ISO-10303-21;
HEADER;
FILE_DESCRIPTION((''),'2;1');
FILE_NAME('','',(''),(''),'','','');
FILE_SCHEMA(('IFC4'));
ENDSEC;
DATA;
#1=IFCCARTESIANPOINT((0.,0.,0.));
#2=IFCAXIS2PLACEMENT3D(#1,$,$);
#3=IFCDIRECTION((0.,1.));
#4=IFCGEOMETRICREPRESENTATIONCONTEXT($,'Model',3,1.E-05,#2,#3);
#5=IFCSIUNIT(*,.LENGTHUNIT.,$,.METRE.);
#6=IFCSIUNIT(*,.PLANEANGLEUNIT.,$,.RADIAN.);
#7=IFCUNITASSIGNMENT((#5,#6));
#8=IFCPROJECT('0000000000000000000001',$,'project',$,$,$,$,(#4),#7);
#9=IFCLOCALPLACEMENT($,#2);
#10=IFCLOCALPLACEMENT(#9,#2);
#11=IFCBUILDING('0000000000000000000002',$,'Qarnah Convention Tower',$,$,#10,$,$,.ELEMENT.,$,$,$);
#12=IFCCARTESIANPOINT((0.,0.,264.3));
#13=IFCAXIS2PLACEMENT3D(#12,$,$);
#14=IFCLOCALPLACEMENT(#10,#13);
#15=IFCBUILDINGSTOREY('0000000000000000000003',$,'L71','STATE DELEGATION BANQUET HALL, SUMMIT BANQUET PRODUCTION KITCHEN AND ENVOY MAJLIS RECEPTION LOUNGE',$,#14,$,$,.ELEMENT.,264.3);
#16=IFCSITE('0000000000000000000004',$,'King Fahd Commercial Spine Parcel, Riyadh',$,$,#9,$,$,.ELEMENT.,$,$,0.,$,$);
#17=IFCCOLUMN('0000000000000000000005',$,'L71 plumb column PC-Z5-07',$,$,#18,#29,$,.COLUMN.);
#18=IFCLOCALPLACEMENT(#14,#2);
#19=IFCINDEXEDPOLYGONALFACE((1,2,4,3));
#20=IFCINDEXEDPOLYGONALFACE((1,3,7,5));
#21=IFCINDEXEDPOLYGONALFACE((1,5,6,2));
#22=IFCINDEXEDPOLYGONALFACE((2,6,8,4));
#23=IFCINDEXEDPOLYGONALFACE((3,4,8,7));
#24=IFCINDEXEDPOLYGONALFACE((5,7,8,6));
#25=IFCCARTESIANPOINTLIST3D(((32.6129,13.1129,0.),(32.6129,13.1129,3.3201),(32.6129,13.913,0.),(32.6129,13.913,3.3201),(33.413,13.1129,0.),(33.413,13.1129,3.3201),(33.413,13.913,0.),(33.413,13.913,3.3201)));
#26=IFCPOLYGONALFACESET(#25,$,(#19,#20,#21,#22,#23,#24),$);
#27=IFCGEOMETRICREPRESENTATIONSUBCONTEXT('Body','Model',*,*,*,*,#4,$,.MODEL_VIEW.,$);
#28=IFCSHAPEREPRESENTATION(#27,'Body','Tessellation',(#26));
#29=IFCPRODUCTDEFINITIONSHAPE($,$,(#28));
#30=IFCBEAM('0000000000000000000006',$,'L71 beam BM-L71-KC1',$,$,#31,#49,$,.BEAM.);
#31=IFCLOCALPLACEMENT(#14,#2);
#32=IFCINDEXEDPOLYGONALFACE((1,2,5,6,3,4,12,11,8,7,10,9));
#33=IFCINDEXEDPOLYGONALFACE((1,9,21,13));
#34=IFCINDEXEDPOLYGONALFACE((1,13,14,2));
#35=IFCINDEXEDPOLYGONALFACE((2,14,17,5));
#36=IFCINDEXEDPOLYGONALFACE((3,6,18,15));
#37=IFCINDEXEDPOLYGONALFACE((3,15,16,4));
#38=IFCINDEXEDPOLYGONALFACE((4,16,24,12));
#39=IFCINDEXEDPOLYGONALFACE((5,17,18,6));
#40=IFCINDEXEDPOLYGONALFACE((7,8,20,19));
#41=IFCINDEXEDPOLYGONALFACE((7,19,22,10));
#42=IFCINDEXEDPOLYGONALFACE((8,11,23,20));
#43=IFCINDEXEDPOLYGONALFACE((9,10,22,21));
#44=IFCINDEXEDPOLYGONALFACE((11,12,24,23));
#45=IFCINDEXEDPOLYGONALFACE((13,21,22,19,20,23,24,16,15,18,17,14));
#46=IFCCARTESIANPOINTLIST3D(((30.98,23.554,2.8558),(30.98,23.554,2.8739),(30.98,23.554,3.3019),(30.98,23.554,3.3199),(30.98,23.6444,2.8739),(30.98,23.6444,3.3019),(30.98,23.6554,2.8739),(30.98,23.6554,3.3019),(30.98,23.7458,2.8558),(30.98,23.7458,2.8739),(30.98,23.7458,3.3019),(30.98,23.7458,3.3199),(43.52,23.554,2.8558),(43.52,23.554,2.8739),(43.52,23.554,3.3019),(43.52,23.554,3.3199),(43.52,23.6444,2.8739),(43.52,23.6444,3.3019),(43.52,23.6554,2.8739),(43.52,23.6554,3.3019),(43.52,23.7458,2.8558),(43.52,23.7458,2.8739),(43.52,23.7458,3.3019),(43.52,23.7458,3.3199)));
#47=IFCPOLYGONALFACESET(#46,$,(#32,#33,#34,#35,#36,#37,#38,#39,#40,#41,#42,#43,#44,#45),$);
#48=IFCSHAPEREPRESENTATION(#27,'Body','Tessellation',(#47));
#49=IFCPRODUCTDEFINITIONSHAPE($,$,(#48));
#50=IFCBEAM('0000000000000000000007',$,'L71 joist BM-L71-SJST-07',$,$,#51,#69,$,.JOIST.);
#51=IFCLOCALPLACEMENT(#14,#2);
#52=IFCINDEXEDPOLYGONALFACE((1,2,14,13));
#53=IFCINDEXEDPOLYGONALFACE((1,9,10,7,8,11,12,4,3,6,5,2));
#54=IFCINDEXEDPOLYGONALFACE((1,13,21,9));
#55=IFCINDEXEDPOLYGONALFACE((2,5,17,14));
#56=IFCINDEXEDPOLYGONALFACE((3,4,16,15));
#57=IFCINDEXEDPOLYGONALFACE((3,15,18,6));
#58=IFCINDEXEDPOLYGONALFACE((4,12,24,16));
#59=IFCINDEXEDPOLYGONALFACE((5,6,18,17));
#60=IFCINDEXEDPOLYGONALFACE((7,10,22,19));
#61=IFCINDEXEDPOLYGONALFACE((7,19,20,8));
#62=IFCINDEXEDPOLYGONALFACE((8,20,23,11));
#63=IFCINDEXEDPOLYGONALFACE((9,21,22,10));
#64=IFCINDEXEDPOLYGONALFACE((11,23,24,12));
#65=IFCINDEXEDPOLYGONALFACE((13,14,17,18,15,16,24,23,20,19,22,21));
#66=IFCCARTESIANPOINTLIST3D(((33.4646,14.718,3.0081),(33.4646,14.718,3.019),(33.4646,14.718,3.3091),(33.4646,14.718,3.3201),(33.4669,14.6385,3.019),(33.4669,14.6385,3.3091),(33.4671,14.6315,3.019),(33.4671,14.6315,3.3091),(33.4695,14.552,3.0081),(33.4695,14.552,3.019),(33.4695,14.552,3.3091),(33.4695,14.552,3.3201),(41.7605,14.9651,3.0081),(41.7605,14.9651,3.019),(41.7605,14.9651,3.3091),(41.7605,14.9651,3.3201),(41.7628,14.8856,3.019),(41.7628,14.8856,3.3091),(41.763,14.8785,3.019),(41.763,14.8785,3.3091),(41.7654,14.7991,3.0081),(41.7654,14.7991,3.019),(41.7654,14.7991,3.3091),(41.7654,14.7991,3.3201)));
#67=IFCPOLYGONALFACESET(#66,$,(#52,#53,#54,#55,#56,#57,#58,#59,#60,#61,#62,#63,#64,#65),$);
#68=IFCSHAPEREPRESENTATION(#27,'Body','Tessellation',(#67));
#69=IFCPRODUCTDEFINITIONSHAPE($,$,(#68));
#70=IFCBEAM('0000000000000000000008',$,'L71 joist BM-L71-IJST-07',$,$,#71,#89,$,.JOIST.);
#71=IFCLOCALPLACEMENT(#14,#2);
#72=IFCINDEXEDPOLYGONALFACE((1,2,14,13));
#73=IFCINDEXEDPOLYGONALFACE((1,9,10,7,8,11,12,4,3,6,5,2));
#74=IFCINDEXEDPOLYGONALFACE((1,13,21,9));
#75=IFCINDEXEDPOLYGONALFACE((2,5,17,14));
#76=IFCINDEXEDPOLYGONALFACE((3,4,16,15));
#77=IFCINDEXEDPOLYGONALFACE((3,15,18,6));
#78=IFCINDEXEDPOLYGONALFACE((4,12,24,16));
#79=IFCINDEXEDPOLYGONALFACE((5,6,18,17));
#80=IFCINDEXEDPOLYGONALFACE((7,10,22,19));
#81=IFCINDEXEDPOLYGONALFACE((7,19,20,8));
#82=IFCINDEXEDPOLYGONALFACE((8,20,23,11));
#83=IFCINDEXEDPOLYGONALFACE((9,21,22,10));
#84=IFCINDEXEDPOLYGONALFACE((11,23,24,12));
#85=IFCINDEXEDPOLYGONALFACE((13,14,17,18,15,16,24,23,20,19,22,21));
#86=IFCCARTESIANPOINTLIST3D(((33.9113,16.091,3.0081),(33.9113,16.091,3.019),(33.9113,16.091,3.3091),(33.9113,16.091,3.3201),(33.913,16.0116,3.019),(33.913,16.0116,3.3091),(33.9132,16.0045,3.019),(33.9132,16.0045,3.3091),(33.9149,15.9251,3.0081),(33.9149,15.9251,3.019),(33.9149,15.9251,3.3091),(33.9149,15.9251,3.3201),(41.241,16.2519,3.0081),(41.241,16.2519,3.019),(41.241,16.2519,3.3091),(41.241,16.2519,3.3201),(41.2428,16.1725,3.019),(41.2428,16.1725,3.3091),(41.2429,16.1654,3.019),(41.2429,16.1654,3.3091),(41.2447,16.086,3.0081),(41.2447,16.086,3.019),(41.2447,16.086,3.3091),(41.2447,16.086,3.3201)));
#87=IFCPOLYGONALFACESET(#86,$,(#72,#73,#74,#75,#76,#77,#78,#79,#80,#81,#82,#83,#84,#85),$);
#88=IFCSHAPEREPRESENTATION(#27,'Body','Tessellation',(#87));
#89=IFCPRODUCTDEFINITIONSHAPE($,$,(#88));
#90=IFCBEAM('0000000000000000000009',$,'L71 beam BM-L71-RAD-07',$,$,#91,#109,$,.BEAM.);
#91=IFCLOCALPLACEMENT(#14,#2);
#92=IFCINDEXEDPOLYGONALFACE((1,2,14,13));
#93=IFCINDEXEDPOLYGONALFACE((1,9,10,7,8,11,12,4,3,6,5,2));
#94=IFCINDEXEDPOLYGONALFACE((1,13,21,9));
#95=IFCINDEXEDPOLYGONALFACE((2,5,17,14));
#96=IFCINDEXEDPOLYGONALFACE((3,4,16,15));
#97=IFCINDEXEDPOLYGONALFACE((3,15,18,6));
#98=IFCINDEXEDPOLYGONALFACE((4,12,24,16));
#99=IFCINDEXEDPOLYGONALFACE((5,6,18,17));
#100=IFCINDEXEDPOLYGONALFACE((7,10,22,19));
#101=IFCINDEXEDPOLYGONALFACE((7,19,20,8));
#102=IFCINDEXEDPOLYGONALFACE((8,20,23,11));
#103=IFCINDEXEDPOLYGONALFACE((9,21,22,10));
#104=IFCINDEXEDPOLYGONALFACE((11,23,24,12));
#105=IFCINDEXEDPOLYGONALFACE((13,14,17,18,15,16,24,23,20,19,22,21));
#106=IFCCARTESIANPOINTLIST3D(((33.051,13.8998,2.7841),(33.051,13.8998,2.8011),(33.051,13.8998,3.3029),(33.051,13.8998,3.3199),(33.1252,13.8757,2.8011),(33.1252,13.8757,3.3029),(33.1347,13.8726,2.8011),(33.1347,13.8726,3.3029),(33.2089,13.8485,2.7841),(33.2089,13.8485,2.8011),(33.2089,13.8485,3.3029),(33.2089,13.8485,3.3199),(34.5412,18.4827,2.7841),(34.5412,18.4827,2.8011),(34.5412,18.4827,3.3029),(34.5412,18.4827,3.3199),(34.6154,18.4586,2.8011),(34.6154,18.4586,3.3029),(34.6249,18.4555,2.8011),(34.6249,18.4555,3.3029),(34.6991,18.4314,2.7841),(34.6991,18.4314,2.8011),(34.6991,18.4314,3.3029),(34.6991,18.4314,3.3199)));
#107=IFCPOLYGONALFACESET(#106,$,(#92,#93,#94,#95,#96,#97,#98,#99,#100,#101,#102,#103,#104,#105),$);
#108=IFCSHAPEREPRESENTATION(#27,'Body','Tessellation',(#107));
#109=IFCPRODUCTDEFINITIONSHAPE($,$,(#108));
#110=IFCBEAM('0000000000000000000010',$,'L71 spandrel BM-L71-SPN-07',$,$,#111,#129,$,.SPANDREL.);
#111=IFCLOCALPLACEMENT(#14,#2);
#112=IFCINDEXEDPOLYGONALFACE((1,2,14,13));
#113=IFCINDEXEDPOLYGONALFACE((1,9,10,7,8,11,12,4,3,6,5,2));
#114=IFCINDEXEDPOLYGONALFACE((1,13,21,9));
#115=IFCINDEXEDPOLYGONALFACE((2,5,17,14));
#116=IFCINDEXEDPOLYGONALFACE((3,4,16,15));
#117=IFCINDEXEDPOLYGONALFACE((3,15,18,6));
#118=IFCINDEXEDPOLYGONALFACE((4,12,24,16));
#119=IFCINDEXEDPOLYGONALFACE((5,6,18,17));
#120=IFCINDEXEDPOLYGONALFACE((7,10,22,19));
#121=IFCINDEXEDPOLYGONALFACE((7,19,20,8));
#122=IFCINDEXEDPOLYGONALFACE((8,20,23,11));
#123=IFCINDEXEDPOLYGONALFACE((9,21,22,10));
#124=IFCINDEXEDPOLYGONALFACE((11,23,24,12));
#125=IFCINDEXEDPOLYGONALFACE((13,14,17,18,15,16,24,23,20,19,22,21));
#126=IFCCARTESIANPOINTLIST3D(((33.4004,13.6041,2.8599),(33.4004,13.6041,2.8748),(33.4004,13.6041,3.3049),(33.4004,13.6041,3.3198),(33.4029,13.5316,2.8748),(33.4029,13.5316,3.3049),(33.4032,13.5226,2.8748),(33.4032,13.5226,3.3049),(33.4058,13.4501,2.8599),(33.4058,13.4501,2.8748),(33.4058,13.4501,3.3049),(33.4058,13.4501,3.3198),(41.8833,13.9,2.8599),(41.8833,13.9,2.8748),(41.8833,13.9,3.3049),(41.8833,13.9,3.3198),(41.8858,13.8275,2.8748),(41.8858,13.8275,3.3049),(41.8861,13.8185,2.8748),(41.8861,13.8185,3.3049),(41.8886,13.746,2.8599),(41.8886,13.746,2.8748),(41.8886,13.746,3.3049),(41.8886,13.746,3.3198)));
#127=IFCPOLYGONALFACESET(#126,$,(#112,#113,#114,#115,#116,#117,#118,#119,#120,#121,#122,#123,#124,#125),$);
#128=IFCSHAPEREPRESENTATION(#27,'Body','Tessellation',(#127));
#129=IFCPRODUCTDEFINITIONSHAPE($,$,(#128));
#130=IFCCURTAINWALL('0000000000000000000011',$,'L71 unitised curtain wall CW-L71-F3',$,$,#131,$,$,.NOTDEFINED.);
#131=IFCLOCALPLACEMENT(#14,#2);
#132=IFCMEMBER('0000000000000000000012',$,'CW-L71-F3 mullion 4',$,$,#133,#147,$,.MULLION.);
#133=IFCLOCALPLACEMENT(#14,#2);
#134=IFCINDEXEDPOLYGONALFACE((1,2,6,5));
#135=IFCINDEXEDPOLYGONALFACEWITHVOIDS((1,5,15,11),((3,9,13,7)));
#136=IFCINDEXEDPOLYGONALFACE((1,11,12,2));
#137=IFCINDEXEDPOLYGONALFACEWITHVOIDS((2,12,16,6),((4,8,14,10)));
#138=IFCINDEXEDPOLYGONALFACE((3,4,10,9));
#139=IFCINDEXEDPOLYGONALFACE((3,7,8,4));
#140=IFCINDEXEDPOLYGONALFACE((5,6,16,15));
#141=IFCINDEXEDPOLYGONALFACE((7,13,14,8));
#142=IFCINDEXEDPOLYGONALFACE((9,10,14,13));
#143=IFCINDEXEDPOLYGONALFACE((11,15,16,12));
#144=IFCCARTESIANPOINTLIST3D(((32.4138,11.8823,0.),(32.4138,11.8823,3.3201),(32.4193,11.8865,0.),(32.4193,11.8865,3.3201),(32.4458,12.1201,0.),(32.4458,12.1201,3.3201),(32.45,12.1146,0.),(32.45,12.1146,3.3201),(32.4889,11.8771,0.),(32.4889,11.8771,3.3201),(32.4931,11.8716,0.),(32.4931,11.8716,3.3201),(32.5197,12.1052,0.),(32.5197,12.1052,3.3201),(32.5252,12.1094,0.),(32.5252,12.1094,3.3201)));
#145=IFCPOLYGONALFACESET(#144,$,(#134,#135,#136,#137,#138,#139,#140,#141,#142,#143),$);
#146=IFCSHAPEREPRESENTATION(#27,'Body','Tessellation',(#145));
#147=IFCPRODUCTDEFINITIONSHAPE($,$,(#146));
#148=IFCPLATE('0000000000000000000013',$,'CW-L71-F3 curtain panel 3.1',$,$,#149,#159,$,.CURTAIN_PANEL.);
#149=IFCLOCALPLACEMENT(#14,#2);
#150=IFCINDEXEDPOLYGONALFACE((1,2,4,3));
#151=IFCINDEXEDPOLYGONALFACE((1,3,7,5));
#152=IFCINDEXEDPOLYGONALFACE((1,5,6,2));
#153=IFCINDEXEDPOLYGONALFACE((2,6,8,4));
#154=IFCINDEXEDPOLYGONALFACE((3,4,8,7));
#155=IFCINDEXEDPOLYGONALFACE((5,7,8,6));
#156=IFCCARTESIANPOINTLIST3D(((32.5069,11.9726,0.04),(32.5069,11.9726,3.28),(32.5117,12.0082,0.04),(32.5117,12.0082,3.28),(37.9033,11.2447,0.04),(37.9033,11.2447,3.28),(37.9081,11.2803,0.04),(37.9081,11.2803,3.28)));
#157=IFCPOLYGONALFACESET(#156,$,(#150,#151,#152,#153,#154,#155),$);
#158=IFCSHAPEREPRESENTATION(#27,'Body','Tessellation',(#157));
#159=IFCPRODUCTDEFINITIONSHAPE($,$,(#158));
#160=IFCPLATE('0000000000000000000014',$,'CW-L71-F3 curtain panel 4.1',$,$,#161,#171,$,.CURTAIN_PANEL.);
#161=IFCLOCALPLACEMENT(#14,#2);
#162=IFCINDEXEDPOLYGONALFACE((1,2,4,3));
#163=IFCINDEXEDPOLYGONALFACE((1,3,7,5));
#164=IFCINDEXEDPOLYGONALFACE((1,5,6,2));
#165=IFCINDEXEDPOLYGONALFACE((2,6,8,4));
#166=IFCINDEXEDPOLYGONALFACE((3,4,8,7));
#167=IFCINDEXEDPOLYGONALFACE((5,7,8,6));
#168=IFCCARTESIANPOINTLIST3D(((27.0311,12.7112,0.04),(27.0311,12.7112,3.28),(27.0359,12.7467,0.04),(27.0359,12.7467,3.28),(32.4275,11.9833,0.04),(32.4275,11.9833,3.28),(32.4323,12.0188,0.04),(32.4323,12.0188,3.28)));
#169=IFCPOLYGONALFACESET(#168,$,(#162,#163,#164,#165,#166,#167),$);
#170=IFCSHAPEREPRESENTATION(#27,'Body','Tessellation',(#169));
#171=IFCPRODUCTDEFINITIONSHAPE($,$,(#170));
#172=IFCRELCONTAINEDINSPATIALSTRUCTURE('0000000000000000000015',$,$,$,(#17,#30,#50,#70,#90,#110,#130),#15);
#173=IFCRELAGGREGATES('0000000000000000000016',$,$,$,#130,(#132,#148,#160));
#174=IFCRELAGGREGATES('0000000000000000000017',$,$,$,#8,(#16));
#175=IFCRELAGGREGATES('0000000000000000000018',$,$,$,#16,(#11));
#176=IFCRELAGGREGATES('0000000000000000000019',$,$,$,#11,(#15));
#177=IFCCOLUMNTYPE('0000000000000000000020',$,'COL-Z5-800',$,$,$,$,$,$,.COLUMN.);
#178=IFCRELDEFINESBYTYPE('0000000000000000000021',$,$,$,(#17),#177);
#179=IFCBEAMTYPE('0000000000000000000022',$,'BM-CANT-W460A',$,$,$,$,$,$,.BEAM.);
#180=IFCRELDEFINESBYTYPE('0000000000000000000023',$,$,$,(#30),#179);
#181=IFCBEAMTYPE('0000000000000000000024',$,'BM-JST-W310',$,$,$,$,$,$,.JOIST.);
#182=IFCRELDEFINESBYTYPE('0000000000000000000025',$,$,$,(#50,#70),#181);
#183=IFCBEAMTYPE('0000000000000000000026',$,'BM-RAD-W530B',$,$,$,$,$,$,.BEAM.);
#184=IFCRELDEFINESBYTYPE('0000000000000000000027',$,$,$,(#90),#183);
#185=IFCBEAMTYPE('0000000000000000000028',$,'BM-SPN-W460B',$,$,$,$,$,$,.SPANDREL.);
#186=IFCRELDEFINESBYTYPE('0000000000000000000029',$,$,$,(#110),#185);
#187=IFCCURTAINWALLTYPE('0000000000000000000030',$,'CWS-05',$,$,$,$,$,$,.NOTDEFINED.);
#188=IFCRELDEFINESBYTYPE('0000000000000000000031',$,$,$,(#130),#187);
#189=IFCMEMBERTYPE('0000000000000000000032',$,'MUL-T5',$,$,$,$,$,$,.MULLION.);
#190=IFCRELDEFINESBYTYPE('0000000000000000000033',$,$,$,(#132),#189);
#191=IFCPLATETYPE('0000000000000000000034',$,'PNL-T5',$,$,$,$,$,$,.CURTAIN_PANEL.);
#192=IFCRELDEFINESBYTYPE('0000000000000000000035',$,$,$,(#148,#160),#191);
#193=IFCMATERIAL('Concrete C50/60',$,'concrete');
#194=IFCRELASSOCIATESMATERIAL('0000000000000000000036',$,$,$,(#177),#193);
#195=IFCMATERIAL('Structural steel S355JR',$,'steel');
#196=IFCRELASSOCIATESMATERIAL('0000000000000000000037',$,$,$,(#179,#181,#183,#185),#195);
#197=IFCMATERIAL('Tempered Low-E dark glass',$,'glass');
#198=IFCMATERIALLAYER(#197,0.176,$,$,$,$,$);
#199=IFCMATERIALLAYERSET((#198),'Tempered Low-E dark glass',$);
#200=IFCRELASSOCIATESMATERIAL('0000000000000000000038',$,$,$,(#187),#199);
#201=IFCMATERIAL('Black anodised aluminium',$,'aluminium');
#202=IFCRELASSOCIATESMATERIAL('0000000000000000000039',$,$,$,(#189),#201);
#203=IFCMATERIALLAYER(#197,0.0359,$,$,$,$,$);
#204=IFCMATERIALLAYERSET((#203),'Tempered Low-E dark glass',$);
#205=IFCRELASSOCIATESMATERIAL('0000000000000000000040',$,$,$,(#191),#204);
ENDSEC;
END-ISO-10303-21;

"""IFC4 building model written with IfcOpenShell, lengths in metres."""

from ifc_helpers import new_model, si_unit, direction, frame, origin, origin_2d, place, context, subcontext, project, spatial, rectangle, hollow_rectangle, i_section, extrude, material, layer, layer_set, material_profile, profile_set, type_object, element, aggregate, save


model = new_model("IFC4")

# Units and contexts
model_context = context("Model", 3, precision=1e-05, world=origin(), true_north=direction((0.0, 1.0)))
body_context = subcontext(model_context, "Body", "Model", "MODEL_VIEW")
ifc_project = project(units=[si_unit("LENGTHUNIT", "METRE"), si_unit("PLANEANGLEUNIT", "RADIAN")], contexts=[model_context])

# Site, building, storey
site_placement = place(None, origin())
site = spatial("IfcSite", under=ifc_project, at=site_placement, Name="King Fahd Commercial Spine Parcel, Riyadh", CompositionType="ELEMENT", RefElevation=0.0)
building_placement = place(site_placement, origin())
building = spatial("IfcBuilding", under=site, at=building_placement, Name="Qarnah Convention Tower", CompositionType="ELEMENT")
storey_placement = place(building_placement, frame((0.0, 0.0, 264.3)))
storey = spatial("IfcBuildingStorey", under=building, at=storey_placement, Name="L71", Description="STATE DELEGATION BANQUET HALL, SUMMIT BANQUET PRODUCTION KITCHEN AND ENVOY MAJLIS RECEPTION LOUNGE", CompositionType="ELEMENT", Elevation=264.3)

# Column
ifc_material_1 = material(Name="Concrete C50/60", Category="concrete")
ifc_material_profile_1 = material_profile(ifc_material_1, rectangle(XDim=0.8, YDim=0.8, at=origin_2d()), Name="RC-COL-800X800")
ifc_profile_set_1 = profile_set([ifc_material_profile_1], Name="Concrete C50/60")
column_type = type_object("IfcColumnType", Name="COL-Z5-800", PredefinedType="COLUMN", material=ifc_profile_set_1)
column_placement = place(storey_placement, frame((33.0129, 13.5129, 0.0), z_axis=(0.0, 0.0, 1.0), x_axis=(1.0, 0.0, 0.0)))
element("IfcColumn", 1, at=column_placement, inside=storey, type_object=column_type, Name="L71 plumb column PC-Z5-07", PredefinedType="COLUMN", context=body_context, shape_type="SweptSolid", body=[
    extrude(rectangle(XDim=0.8, YDim=0.8, at=origin_2d()), origin(), (0.0, 0.0, 1.0), 3.3201),
])

# Beams
ifc_material_2 = material(Name="Structural steel S355JR", Category="steel")
ifc_material_profile_2 = material_profile(ifc_material_2, i_section(OverallWidth=0.1919, OverallDepth=0.4641, WebThickness=0.011, FlangeThickness=0.0181, at=origin_2d()), Name="W460X89")
ifc_profile_set_2 = profile_set([ifc_material_profile_2], Name="Structural steel S355JR")
beam_type_1 = type_object("IfcBeamType", Name="BM-CANT-W460A", PredefinedType="BEAM", material=ifc_profile_set_2)
beam_1_placement = place(storey_placement, frame((30.98, 23.6499, 3.0879), z_axis=(1.0, 0.0, 0.0), x_axis=(0.0, 1.0, 0.0)))
element("IfcBeam", 2, at=beam_1_placement, inside=storey, type_object=beam_type_1, Name="L71 beam BM-L71-KC1", PredefinedType="BEAM", context=body_context, shape_type="SweptSolid", body=[
    extrude(i_section(OverallWidth=0.1919, OverallDepth=0.4641, WebThickness=0.011, FlangeThickness=0.0181, at=origin_2d()), origin(), (0.0, 0.0, 1.0), 12.54),
])
ifc_material_profile_3 = material_profile(ifc_material_2, i_section(OverallWidth=0.166, OverallDepth=0.312, WebThickness=0.0071, FlangeThickness=0.011, at=origin_2d()), Name="W310X45")
ifc_profile_set_3 = profile_set([ifc_material_profile_3], Name="Structural steel S355JR")
beam_type_2 = type_object("IfcBeamType", Name="BM-JST-W310", PredefinedType="JOIST", material=ifc_profile_set_3)
beam_2_placement = place(storey_placement, frame((33.467, 14.635, 3.1641), z_axis=(0.999557, 0.029769, 0.0), x_axis=(-0.029769, 0.999557, 0.0)))
element("IfcBeam", 3, at=beam_2_placement, inside=storey, type_object=beam_type_2, Name="L71 joist BM-L71-SJST-07", PredefinedType="JOIST", context=body_context, shape_type="SweptSolid", body=[
    extrude(i_section(OverallWidth=0.166, OverallDepth=0.312, WebThickness=0.0071, FlangeThickness=0.011, at=origin_2d()), origin(), (0.0, 0.0, 1.0), 8.2996),
])
beam_3_placement = place(storey_placement, frame((33.9131, 16.0081, 3.1641), z_axis=(0.999759, 0.021945, 0.0), x_axis=(-0.021945, 0.999759, 0.0)))
element("IfcBeam", 4, at=beam_3_placement, inside=storey, type_object=beam_type_2, Name="L71 joist BM-L71-IJST-07", PredefinedType="JOIST", context=body_context, shape_type="SweptSolid", body=[
    extrude(i_section(OverallWidth=0.166, OverallDepth=0.312, WebThickness=0.0071, FlangeThickness=0.011, at=origin_2d()), origin(), (0.0, 0.0, 1.0), 7.3315),
])
ifc_material_profile_4 = material_profile(ifc_material_2, i_section(OverallWidth=0.166, OverallDepth=0.5359, WebThickness=0.01, FlangeThickness=0.0171, at=origin_2d()), Name="W530X85")
ifc_profile_set_4 = profile_set([ifc_material_profile_4], Name="Structural steel S355JR")
beam_type_3 = type_object("IfcBeamType", Name="BM-RAD-W530B", PredefinedType="BEAM", material=ifc_profile_set_4)
beam_4_placement = place(storey_placement, frame((34.6201, 18.457, 3.052), z_axis=(-0.309228, -0.950988, 0.0), x_axis=(0.950988, -0.309228, 0.0)))
element("IfcBeam", 5, at=beam_4_placement, inside=storey, type_object=beam_type_3, Name="L71 beam BM-L71-RAD-07", PredefinedType="BEAM", context=body_context, shape_type="SweptSolid", body=[
    extrude(i_section(OverallWidth=0.166, OverallDepth=0.5359, WebThickness=0.01, FlangeThickness=0.0171, at=origin_2d()), origin(), (0.0, 0.0, 1.0), 4.8191),
])
ifc_material_profile_5 = material_profile(ifc_material_2, i_section(OverallWidth=0.1541, OverallDepth=0.46, WebThickness=0.009, FlangeThickness=0.0149, at=origin_2d()), Name="W460X68")
ifc_profile_set_5 = profile_set([ifc_material_profile_5], Name="Structural steel S355JR")
beam_type_4 = type_object("IfcBeamType", Name="BM-SPN-W460B", PredefinedType="SPANDREL", material=ifc_profile_set_5)
beam_5_placement = place(storey_placement, frame((33.4031, 13.5271, 3.0898), z_axis=(0.999392, 0.034861, 0.0), x_axis=(-0.034861, 0.999392, 0.0)))
element("IfcBeam", 6, at=beam_5_placement, inside=storey, type_object=beam_type_4, Name="L71 spandrel BM-L71-SPN-07", PredefinedType="SPANDREL", context=body_context, shape_type="SweptSolid", body=[
    extrude(i_section(OverallWidth=0.1541, OverallDepth=0.46, WebThickness=0.009, FlangeThickness=0.0149, at=origin_2d()), origin(), (0.0, 0.0, 1.0), 8.488),
])

# Curtain wall, member, plates
ifc_material_3 = material(Name="Tempered Low-E dark glass", Category="glass")
ifc_layer_1 = layer(ifc_material_3, 0.176)
ifc_layer_set_1 = layer_set([ifc_layer_1], Name="Tempered Low-E dark glass")
curtain_wall_type = type_object("IfcCurtainWallType", Name="CWS-05", PredefinedType="NOTDEFINED", material=ifc_layer_set_1)
curtain_wall_placement = place(storey_placement, origin())
curtain_wall = element("IfcCurtainWall", 7, at=curtain_wall_placement, inside=storey, type_object=curtain_wall_type, Name="L71 unitised curtain wall CW-L71-F3", PredefinedType="NOTDEFINED")
ifc_material_4 = material(Name="Black anodised aluminium", Category="aluminium")
ifc_material_profile_6 = material_profile(ifc_material_4, hollow_rectangle(XDim=0.0801, YDim=0.24, WallThickness=0.0049, at=origin_2d()), Name="MUL-80X240")
ifc_profile_set_6 = profile_set([ifc_material_profile_6], Name="Black anodised aluminium")
member_type = type_object("IfcMemberType", Name="MUL-T5", PredefinedType="MULLION", material=ifc_profile_set_6)
member_placement = place(storey_placement, frame((32.4695, 11.9958, 0.0), z_axis=(0.0, 0.0, 1.0), x_axis=(-0.991025, 0.133674, 0.0)))
member = element("IfcMember", 8, at=member_placement, type_object=member_type, Name="CW-L71-F3 mullion 4", PredefinedType="MULLION", context=body_context, shape_type="SweptSolid", body=[
    extrude(hollow_rectangle(XDim=0.0801, YDim=0.24, WallThickness=0.0049, at=origin_2d()), origin(), (0.0, 0.0, 1.0), 3.3201),
])
ifc_layer_2 = layer(ifc_material_3, 0.0359)
ifc_layer_set_2 = layer_set([ifc_layer_2], Name="Tempered Low-E dark glass")
plate_type = type_object("IfcPlateType", Name="PNL-T5", PredefinedType="CURTAIN_PANEL", material=ifc_layer_set_2)
plate_1_placement = place(storey_placement, frame((35.2075, 11.6265, 0.04), z_axis=(0.0, 0.0, 1.0), x_axis=(-0.991025, 0.133674, 0.0)))
plate_1 = element("IfcPlate", 9, at=plate_1_placement, type_object=plate_type, Name="CW-L71-F3 curtain panel 3.1", PredefinedType="CURTAIN_PANEL", context=body_context, shape_type="SweptSolid", body=[
    extrude(rectangle(XDim=5.4453, YDim=0.0359, at=origin_2d()), origin(), (0.0, 0.0, 1.0), 3.24),
])
plate_2_placement = place(storey_placement, frame((29.7317, 12.365, 0.04), z_axis=(0.0, 0.0, 1.0), x_axis=(-0.991025, 0.133674, 0.0)))
plate_2 = element("IfcPlate", 10, at=plate_2_placement, type_object=plate_type, Name="CW-L71-F3 curtain panel 4.1", PredefinedType="CURTAIN_PANEL", context=body_context, shape_type="SweptSolid", body=[
    extrude(rectangle(XDim=5.4453, YDim=0.0359, at=origin_2d()), origin(), (0.0, 0.0, 1.0), 3.24),
])
aggregate(curtain_wall, [member, plate_1, plate_2])

save(model, "model.ifc")
